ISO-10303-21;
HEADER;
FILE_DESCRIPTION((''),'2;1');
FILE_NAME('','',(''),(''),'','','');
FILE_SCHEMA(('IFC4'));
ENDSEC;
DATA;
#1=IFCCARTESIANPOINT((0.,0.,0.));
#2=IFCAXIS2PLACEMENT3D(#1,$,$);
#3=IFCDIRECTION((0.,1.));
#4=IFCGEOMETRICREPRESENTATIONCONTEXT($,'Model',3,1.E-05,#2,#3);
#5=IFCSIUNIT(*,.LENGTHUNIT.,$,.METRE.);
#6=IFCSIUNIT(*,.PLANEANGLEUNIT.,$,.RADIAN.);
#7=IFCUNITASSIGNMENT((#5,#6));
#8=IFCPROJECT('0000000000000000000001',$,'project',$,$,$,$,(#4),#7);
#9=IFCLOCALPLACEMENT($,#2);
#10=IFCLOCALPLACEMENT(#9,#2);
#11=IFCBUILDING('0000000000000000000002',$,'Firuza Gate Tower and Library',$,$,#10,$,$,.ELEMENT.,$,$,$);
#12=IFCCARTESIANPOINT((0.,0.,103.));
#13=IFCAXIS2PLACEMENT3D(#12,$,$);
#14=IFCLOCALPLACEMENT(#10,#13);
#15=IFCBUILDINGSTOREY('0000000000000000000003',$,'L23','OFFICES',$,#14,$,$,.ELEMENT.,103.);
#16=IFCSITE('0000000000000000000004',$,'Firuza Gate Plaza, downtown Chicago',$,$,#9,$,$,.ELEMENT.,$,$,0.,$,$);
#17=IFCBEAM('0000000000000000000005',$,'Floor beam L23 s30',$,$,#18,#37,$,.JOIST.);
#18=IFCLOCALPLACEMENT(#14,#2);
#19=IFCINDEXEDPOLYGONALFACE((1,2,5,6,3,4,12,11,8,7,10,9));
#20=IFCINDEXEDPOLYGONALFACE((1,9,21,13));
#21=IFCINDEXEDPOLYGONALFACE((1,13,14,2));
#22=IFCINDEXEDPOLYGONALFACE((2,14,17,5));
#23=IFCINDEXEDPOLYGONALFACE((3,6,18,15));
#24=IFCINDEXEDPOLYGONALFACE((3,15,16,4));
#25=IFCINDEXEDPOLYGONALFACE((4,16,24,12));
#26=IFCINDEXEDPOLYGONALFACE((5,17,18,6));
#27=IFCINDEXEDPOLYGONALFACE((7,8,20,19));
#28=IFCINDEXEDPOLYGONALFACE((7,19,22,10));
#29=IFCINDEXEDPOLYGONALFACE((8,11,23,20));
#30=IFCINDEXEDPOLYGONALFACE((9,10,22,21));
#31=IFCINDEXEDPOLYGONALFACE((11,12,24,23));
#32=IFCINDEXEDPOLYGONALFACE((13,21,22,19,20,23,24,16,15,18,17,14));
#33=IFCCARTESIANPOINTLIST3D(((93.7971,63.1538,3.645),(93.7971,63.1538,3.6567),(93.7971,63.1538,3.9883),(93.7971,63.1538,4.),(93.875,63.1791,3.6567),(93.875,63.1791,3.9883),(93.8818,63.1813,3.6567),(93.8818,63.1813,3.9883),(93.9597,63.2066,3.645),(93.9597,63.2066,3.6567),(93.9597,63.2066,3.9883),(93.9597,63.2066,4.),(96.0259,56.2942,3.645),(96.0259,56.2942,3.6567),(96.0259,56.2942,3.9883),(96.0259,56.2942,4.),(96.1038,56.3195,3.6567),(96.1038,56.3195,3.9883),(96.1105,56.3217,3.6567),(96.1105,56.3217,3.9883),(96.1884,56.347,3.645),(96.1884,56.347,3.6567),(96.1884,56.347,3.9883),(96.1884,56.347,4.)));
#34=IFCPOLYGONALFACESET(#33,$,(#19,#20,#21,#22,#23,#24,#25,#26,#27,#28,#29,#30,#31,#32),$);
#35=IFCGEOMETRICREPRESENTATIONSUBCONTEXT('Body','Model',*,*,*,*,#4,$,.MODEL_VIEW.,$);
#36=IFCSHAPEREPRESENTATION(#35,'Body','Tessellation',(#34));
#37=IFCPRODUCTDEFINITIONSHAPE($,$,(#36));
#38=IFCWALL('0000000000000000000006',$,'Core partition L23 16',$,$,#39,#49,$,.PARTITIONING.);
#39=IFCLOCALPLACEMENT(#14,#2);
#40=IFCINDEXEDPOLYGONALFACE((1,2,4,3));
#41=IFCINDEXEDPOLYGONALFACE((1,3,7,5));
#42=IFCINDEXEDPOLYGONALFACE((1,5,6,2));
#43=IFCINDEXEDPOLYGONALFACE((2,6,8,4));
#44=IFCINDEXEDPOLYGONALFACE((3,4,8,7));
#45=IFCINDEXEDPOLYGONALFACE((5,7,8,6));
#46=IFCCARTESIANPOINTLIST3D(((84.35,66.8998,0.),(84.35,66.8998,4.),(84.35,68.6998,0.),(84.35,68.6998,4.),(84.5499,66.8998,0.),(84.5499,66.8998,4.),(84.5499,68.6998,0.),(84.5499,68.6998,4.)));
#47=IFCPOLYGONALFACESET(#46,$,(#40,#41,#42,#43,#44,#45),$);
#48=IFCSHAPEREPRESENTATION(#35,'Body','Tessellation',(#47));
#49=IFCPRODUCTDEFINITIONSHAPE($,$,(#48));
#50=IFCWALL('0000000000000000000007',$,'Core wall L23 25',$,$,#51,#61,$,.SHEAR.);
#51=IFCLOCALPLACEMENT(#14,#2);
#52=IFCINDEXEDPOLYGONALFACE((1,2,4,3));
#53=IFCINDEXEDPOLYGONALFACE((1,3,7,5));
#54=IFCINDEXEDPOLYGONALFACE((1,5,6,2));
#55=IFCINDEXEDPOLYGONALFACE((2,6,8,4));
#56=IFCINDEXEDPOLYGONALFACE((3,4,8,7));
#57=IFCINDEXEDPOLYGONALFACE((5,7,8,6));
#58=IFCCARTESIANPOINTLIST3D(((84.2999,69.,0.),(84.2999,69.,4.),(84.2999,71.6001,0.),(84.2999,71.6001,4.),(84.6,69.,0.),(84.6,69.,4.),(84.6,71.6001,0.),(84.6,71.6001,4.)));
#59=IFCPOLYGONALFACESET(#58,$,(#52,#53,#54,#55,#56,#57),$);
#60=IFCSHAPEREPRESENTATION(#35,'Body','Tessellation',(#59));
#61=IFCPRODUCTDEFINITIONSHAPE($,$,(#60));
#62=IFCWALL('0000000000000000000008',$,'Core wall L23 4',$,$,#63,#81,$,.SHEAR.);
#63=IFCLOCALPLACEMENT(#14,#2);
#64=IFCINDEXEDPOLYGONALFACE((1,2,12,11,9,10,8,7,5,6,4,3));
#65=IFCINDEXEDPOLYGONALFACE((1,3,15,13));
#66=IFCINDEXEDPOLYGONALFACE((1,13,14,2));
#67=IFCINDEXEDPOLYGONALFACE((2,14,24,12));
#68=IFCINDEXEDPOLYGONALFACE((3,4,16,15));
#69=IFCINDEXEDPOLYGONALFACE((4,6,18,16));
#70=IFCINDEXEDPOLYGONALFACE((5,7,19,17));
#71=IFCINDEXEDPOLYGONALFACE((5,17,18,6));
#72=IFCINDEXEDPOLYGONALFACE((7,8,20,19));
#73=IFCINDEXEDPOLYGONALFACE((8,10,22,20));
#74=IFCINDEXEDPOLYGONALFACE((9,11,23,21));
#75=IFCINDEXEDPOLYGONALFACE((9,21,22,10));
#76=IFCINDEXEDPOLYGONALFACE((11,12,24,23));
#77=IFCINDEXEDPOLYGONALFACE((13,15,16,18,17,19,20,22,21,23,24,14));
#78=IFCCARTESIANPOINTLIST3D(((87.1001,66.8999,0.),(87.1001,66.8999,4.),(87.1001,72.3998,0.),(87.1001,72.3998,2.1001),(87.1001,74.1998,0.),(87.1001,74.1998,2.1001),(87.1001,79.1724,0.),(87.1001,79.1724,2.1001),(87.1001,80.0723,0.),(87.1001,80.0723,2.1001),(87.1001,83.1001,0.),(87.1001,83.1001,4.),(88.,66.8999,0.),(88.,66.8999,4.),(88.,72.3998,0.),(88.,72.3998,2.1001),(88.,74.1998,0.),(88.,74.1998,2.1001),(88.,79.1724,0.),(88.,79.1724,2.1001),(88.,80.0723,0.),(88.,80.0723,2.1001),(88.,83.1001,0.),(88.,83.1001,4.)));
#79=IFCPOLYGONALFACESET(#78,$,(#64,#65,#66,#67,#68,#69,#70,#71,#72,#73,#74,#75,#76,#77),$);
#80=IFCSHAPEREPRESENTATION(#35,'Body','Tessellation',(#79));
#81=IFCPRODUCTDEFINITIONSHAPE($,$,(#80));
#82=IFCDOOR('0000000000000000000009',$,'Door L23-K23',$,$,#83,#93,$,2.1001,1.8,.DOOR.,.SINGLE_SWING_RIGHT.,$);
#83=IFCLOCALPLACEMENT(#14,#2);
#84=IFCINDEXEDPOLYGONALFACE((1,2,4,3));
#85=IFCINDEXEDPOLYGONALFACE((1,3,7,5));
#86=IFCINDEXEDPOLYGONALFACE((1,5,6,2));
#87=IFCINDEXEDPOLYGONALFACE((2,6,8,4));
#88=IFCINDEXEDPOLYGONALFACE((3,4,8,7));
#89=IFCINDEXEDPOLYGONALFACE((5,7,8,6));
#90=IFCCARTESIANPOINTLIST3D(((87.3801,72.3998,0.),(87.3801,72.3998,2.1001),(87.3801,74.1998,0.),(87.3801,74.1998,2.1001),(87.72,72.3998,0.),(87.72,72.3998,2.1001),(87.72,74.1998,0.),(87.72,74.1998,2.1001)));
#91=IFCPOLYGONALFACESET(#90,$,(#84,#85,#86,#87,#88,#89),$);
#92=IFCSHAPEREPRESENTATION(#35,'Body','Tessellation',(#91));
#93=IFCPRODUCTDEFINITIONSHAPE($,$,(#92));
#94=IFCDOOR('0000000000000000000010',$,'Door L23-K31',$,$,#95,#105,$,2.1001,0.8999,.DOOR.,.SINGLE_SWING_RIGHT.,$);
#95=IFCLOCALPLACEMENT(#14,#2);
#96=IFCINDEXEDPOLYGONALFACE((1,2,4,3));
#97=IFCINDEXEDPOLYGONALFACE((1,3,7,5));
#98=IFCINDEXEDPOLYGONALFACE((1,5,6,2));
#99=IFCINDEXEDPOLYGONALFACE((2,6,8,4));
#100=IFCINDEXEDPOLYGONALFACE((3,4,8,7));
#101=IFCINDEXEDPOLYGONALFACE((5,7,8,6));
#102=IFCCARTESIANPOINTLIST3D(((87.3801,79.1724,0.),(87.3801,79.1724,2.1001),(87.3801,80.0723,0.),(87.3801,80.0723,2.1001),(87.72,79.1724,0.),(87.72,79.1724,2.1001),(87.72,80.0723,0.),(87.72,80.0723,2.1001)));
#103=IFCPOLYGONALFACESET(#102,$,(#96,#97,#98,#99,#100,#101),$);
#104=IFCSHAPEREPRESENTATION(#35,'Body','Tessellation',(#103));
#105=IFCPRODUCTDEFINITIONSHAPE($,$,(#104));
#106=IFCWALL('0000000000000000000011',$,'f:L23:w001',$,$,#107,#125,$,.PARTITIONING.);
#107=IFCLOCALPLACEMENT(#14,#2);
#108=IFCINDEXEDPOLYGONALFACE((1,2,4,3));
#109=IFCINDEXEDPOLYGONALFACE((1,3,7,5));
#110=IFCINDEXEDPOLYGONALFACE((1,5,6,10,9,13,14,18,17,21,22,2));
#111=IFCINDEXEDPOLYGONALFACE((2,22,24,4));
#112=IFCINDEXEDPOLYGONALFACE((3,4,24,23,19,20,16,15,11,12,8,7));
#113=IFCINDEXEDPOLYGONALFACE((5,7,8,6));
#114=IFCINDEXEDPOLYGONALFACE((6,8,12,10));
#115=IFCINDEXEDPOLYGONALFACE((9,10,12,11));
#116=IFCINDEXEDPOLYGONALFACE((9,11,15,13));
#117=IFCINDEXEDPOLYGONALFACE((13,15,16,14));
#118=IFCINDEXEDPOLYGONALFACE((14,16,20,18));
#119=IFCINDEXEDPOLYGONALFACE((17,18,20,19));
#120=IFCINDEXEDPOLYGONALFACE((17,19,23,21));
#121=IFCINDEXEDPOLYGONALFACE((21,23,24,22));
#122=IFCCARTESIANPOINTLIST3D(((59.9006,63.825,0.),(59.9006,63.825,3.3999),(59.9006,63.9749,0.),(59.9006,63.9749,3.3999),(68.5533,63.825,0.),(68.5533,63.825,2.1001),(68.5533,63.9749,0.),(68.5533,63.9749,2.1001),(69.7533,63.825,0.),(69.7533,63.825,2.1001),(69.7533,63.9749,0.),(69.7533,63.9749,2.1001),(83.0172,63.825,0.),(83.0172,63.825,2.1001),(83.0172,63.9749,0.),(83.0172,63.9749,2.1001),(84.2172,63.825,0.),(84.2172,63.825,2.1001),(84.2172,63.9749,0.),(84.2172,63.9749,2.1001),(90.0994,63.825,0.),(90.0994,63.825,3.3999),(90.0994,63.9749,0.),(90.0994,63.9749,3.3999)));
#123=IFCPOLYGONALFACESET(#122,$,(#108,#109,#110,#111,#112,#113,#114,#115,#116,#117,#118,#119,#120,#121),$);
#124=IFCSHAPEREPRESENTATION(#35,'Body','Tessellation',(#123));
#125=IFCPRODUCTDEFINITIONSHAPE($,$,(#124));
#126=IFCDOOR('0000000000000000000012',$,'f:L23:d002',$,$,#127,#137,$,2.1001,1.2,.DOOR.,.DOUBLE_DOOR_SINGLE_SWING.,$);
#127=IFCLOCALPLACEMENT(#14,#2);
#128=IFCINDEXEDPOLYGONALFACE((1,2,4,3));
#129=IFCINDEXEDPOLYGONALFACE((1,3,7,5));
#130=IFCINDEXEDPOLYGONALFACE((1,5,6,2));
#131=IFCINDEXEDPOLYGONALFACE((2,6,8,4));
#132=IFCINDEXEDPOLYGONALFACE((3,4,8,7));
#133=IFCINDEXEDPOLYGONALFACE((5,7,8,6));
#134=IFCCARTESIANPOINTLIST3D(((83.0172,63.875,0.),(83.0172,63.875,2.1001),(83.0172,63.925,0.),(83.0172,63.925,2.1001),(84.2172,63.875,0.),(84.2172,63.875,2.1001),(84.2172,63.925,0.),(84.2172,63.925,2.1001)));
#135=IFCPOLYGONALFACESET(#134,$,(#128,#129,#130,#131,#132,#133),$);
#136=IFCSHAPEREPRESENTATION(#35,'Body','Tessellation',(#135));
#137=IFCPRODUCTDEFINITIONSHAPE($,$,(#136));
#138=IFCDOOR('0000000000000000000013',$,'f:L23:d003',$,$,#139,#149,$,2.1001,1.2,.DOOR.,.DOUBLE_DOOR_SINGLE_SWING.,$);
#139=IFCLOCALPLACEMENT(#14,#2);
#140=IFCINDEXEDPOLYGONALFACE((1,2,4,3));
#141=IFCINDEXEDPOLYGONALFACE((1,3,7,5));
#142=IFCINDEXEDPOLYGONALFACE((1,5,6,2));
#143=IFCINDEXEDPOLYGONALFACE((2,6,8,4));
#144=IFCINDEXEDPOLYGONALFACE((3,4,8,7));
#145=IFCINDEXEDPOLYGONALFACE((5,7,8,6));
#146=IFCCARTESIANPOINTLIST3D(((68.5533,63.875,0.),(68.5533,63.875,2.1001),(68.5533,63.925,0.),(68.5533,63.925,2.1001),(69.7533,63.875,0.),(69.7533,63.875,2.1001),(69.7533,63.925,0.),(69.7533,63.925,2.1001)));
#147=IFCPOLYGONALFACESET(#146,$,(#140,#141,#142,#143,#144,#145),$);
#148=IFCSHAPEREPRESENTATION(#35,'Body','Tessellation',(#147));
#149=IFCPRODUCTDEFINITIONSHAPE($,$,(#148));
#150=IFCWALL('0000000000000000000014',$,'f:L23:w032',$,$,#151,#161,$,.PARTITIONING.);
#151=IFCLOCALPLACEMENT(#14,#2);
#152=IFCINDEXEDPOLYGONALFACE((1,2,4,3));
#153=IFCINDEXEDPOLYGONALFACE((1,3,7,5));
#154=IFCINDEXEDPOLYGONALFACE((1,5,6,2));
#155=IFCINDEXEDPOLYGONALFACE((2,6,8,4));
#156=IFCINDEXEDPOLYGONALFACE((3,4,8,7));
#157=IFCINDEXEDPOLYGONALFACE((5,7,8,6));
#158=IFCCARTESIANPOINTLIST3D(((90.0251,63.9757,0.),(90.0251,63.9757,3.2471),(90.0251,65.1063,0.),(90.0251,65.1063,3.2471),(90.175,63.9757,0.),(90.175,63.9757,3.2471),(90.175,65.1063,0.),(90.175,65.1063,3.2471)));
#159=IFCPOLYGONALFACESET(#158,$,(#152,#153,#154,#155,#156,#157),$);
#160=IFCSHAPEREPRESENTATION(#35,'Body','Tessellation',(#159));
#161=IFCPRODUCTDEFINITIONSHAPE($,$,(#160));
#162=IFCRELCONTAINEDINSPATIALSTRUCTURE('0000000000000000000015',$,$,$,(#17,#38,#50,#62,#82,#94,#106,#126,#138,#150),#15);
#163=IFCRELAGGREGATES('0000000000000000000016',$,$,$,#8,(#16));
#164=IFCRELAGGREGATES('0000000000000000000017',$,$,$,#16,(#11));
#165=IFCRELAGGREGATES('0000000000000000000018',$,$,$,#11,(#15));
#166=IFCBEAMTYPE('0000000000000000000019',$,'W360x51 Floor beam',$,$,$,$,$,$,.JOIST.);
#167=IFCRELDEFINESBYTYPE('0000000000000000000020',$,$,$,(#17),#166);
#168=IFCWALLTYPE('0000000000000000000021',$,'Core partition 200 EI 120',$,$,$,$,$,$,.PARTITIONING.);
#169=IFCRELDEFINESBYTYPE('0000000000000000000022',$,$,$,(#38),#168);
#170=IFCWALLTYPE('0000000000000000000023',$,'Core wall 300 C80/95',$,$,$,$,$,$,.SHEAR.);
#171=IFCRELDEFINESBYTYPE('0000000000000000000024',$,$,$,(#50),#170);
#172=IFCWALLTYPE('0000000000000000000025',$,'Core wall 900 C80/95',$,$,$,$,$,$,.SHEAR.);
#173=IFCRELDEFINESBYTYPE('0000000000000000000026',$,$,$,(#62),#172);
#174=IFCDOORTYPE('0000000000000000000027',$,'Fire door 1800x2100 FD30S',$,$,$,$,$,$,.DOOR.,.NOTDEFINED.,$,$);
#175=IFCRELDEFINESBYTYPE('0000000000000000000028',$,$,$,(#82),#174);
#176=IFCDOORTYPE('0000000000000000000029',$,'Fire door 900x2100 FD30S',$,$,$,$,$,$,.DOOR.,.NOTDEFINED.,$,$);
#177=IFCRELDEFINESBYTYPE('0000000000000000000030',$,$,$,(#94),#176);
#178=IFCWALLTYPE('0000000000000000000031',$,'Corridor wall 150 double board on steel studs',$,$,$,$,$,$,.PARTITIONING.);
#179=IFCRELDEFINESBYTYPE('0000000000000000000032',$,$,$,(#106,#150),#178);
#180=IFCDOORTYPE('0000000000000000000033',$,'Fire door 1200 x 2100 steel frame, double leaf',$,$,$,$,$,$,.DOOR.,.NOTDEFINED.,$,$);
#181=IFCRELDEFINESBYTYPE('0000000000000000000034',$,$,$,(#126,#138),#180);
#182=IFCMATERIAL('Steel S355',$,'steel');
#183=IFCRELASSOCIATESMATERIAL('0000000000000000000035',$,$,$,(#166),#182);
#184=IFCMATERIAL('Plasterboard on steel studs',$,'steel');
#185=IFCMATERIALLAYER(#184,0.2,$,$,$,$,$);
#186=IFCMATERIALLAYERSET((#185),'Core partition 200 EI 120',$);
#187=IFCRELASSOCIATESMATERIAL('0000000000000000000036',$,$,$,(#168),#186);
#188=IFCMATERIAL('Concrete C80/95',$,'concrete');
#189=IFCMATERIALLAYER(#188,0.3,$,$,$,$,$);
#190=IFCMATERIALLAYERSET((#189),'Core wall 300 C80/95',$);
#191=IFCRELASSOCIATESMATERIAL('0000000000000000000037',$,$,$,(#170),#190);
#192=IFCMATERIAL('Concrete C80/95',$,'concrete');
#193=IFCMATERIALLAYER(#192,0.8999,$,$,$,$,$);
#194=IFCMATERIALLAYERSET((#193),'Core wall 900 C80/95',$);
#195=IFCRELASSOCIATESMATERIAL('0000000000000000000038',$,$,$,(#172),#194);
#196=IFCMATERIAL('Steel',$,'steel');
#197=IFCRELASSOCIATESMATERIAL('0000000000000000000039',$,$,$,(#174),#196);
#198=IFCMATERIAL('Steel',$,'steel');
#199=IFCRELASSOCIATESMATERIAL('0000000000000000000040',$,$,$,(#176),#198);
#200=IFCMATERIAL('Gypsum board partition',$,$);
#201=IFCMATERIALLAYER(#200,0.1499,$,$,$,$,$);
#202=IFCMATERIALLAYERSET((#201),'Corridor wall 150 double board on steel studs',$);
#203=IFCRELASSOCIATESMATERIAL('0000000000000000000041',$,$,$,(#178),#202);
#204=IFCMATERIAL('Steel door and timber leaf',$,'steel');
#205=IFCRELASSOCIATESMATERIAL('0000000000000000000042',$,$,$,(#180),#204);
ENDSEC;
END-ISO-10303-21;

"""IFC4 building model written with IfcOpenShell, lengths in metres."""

from ifc_helpers import new_model, si_unit, direction, frame, frame_2d, origin, origin_2d, place, context, subcontext, project, spatial, rectangle, i_section, extrude, material, layer, layer_set, material_profile, profile_set, type_object, element, fill, save


model = new_model("IFC4")

# Units and contexts
model_context = context("Model", 3, precision=1e-05, world=origin(), true_north=direction((0.0, 1.0)))
body_context = subcontext(model_context, "Body", "Model", "MODEL_VIEW")
ifc_project = project(units=[si_unit("LENGTHUNIT", "METRE"), si_unit("PLANEANGLEUNIT", "RADIAN")], contexts=[model_context])

# Site, building, storey
site_placement = place(None, origin())
site = spatial("IfcSite", under=ifc_project, at=site_placement, Name="Firuza Gate Plaza, downtown Chicago", CompositionType="ELEMENT", RefElevation=0.0)
building_placement = place(site_placement, origin())
building = spatial("IfcBuilding", under=site, at=building_placement, Name="Firuza Gate Tower and Library", CompositionType="ELEMENT")
storey_placement = place(building_placement, frame((0.0, 0.0, 103.0)))
storey = spatial("IfcBuildingStorey", under=building, at=storey_placement, Name="L23", Description="OFFICES", CompositionType="ELEMENT", Elevation=103.0)

# Beam
ifc_material_1 = material(Name="Steel S355", Category="steel")
ifc_material_profile = material_profile(ifc_material_1, i_section(OverallWidth=0.1709, OverallDepth=0.355, WebThickness=0.0071, FlangeThickness=0.0117, at=origin_2d()))
ifc_profile_set = profile_set([ifc_material_profile], Name="Steel S355")
beam_type = type_object("IfcBeamType", Name="W360x51 Floor beam", PredefinedType="JOIST", material=ifc_profile_set)
beam_placement = place(storey_placement, frame((96.1072, 56.3206, 3.8225), z_axis=(-0.309009, 0.951059, 0.0), x_axis=(-0.951059, -0.309009, 0.0)))
element("IfcBeam", 1, at=beam_placement, inside=storey, type_object=beam_type, Name="Floor beam L23 s30", PredefinedType="JOIST", context=body_context, shape_type="SweptSolid", body=[
    extrude(i_section(OverallWidth=0.1709, OverallDepth=0.355, WebThickness=0.0071, FlangeThickness=0.0117, at=origin_2d()), origin(), (0.0, 0.0, 1.0), 7.2126),
])

# Walls
ifc_material_2 = material(Name="Plasterboard on steel studs", Category="steel")
ifc_layer_1 = layer(ifc_material_2, 0.2)
ifc_layer_set_1 = layer_set([ifc_layer_1], Name="Core partition 200 EI 120")
wall_type_1 = type_object("IfcWallType", Name="Core partition 200 EI 120", PredefinedType="PARTITIONING", material=ifc_layer_set_1)
wall_1_placement = place(storey_placement, frame((84.45, 66.8999, 0.0), z_axis=(0.0, 0.0, 1.0), x_axis=(0.0, 1.0, 0.0)))
element("IfcWall", 2, at=wall_1_placement, inside=storey, type_object=wall_type_1, Name="Core partition L23 16", PredefinedType="PARTITIONING", context=body_context, shape_type="SweptSolid", body=[
    extrude(rectangle(XDim=1.8, YDim=0.2, at=frame_2d((0.8999, 0.0))), origin(), (0.0, 0.0, 1.0), 4.0),
])
ifc_material_3 = material(Name="Concrete C80/95", Category="concrete")
ifc_layer_2 = layer(ifc_material_3, 0.3)
ifc_layer_set_2 = layer_set([ifc_layer_2], Name="Core wall 300 C80/95")
wall_type_2 = type_object("IfcWallType", Name="Core wall 300 C80/95", PredefinedType="SHEAR", material=ifc_layer_set_2)
wall_2_placement = place(storey_placement, frame((84.45, 69.0, 0.0), z_axis=(0.0, 0.0, 1.0), x_axis=(0.0, 1.0, 0.0)))
element("IfcWall", 3, at=wall_2_placement, inside=storey, type_object=wall_type_2, Name="Core wall L23 25", PredefinedType="SHEAR", context=body_context, shape_type="SweptSolid", body=[
    extrude(rectangle(XDim=2.6001, YDim=0.3, at=frame_2d((1.3, 0.0))), origin(), (0.0, 0.0, 1.0), 4.0),
])

# Walls, openings, doors
ifc_material_4 = material(Name="Concrete C80/95", Category="concrete")
ifc_layer_3 = layer(ifc_material_4, 0.8999)
ifc_layer_set_3 = layer_set([ifc_layer_3], Name="Core wall 900 C80/95")
wall_type_3 = type_object("IfcWallType", Name="Core wall 900 C80/95", PredefinedType="SHEAR", material=ifc_layer_set_3)
wall_3_placement = place(storey_placement, frame((87.55, 66.8999, 0.0), z_axis=(0.0, 0.0, 1.0), x_axis=(0.0, 1.0, 0.0)))
wall_3 = element("IfcWall", 4, at=wall_3_placement, inside=storey, type_object=wall_type_3, Name="Core wall L23 4", PredefinedType="SHEAR", context=body_context, shape_type="SweptSolid", body=[
    extrude(rectangle(XDim=16.2002, YDim=0.8999, at=frame_2d((8.1001, 0.0))), origin(), (0.0, 0.0, 1.0), 4.0),
])
opening_1_placement = place(wall_3_placement, frame((5.5, 0.0, 0.0)))
opening_1 = element("IfcOpeningElement", 5, at=opening_1_placement, cuts=wall_3, PredefinedType="OPENING", context=body_context, shape_type="SweptSolid", body=[
    extrude(rectangle(XDim=1.8, YDim=2.1001, at=frame_2d((0.8999, 1.05))), frame((0.0, 0.46, 0.0), z_axis=(0.0, -1.0, 0.0), x_axis=(1.0, 0.0, 0.0)), (0.0, 0.0, 1.0), 0.9199),
])
opening_2_placement = place(wall_3_placement, frame((12.2725, 0.0, 0.0)))
opening_2 = element("IfcOpeningElement", 6, at=opening_2_placement, cuts=wall_3, PredefinedType="OPENING", context=body_context, shape_type="SweptSolid", body=[
    extrude(rectangle(XDim=0.8999, YDim=2.1001, at=frame_2d((0.45, 1.05))), frame((0.0, 0.46, 0.0), z_axis=(0.0, -1.0, 0.0), x_axis=(1.0, 0.0, 0.0)), (0.0, 0.0, 1.0), 0.9199),
])
ifc_material_5 = material(Name="Steel", Category="steel")
door_type_1 = type_object("IfcDoorType", Name="Fire door 1800x2100 FD30S", OperationType="NOTDEFINED", PredefinedType="DOOR", material=ifc_material_5)
door_1_placement = place(opening_1_placement, origin())
door_1 = element("IfcDoor", 7, at=door_1_placement, inside=storey, type_object=door_type_1, Name="Door L23-K23", OperationType="SINGLE_SWING_RIGHT", OverallHeight=2.1001, OverallWidth=1.8, PredefinedType="DOOR", context=body_context, shape_type="SweptSolid", body=[
    extrude(rectangle(XDim=1.8, YDim=2.1001, at=frame_2d((0.8999, 1.05))), frame((0.0, 0.1699, 0.0), z_axis=(0.0, -1.0, 0.0), x_axis=(1.0, 0.0, 0.0)), (0.0, 0.0, 1.0), 0.3398),
])
fill(opening_1, door_1)
ifc_material_6 = material(Name="Steel", Category="steel")
door_type_2 = type_object("IfcDoorType", Name="Fire door 900x2100 FD30S", OperationType="NOTDEFINED", PredefinedType="DOOR", material=ifc_material_6)
door_2_placement = place(opening_2_placement, origin())
door_2 = element("IfcDoor", 8, at=door_2_placement, inside=storey, type_object=door_type_2, Name="Door L23-K31", OperationType="SINGLE_SWING_RIGHT", OverallHeight=2.1001, OverallWidth=0.8999, PredefinedType="DOOR", context=body_context, shape_type="SweptSolid", body=[
    extrude(rectangle(XDim=0.8999, YDim=2.1001, at=frame_2d((0.45, 1.05))), frame((0.0, 0.1699, 0.0), z_axis=(0.0, -1.0, 0.0), x_axis=(1.0, 0.0, 0.0)), (0.0, 0.0, 1.0), 0.3398),
])
fill(opening_2, door_2)
ifc_material_7 = material(Name="Gypsum board partition")
ifc_layer_4 = layer(ifc_material_7, 0.1499)
ifc_layer_set_4 = layer_set([ifc_layer_4], Name="Corridor wall 150 double board on steel studs")
wall_type_4 = type_object("IfcWallType", Name="Corridor wall 150 double board on steel studs", PredefinedType="PARTITIONING", material=ifc_layer_set_4)
wall_4_placement = place(storey_placement, frame((90.0994, 63.8999, 0.0), z_axis=(0.0, 0.0, 1.0), x_axis=(-1.0, 0.0, 0.0)))
wall_4 = element("IfcWall", 9, at=wall_4_placement, inside=storey, type_object=wall_type_4, Name="f:L23:w001", PredefinedType="PARTITIONING", context=body_context, shape_type="SweptSolid", body=[
    extrude(rectangle(XDim=30.1987, YDim=0.1499, at=frame_2d((15.0994, 0.0))), origin(), (0.0, 0.0, 1.0), 3.3999),
])
opening_3_placement = place(wall_4_placement, frame((5.8821, 0.0, 0.0)))
opening_3 = element("IfcOpeningElement", 10, at=opening_3_placement, cuts=wall_4, PredefinedType="OPENING", context=body_context, shape_type="SweptSolid", body=[
    extrude(rectangle(XDim=1.2, YDim=2.1001, at=frame_2d((0.6001, 1.05))), frame((0.0, 0.085, 0.0), z_axis=(0.0, -1.0, 0.0), x_axis=(1.0, 0.0, 0.0)), (0.0, 0.0, 1.0), 0.1699),
])
opening_4_placement = place(wall_4_placement, frame((20.3459, 0.0, 0.0)))
opening_4 = element("IfcOpeningElement", 11, at=opening_4_placement, cuts=wall_4, PredefinedType="OPENING", context=body_context, shape_type="SweptSolid", body=[
    extrude(rectangle(XDim=1.2, YDim=2.1001, at=frame_2d((0.6001, 1.05))), frame((0.0, 0.085, 0.0), z_axis=(0.0, -1.0, 0.0), x_axis=(1.0, 0.0, 0.0)), (0.0, 0.0, 1.0), 0.1699),
])
ifc_material_8 = material(Name="Steel door and timber leaf", Category="steel")
door_type_3 = type_object("IfcDoorType", Name="Fire door 1200 x 2100 steel frame, double leaf", OperationType="NOTDEFINED", PredefinedType="DOOR", material=ifc_material_8)
door_3_placement = place(opening_3_placement, origin())
door_3 = element("IfcDoor", 12, at=door_3_placement, inside=storey, type_object=door_type_3, Name="f:L23:d002", OperationType="DOUBLE_DOOR_SINGLE_SWING", OverallHeight=2.1001, OverallWidth=1.2, PredefinedType="DOOR", context=body_context, shape_type="SweptSolid", body=[
    extrude(rectangle(XDim=1.2, YDim=2.1001, at=frame_2d((0.6001, 1.05))), frame((0.0, 0.0249, 0.0), z_axis=(0.0, -1.0, 0.0), x_axis=(1.0, 0.0, 0.0)), (0.0, 0.0, 1.0), 0.05),
])
fill(opening_3, door_3)
door_4_placement = place(opening_4_placement, origin())
door_4 = element("IfcDoor", 13, at=door_4_placement, inside=storey, type_object=door_type_3, Name="f:L23:d003", OperationType="DOUBLE_DOOR_SINGLE_SWING", OverallHeight=2.1001, OverallWidth=1.2, PredefinedType="DOOR", context=body_context, shape_type="SweptSolid", body=[
    extrude(rectangle(XDim=1.2, YDim=2.1001, at=frame_2d((0.6001, 1.05))), frame((0.0, 0.0249, 0.0), z_axis=(0.0, -1.0, 0.0), x_axis=(1.0, 0.0, 0.0)), (0.0, 0.0, 1.0), 0.05),
])
fill(opening_4, door_4)

# Wall
wall_5_placement = place(storey_placement, frame((90.1001, 63.9756, 0.0), z_axis=(0.0, 0.0, 1.0), x_axis=(0.0, 1.0, 0.0)))
element("IfcWall", 14, at=wall_5_placement, inside=storey, type_object=wall_type_4, Name="f:L23:w032", PredefinedType="PARTITIONING", context=body_context, shape_type="SweptSolid", body=[
    extrude(rectangle(XDim=1.1306, YDim=0.1499, at=frame_2d((0.5654, 0.0))), origin(), (0.0, 0.0, 1.0), 3.2471),
])

save(model, "model.ifc")
